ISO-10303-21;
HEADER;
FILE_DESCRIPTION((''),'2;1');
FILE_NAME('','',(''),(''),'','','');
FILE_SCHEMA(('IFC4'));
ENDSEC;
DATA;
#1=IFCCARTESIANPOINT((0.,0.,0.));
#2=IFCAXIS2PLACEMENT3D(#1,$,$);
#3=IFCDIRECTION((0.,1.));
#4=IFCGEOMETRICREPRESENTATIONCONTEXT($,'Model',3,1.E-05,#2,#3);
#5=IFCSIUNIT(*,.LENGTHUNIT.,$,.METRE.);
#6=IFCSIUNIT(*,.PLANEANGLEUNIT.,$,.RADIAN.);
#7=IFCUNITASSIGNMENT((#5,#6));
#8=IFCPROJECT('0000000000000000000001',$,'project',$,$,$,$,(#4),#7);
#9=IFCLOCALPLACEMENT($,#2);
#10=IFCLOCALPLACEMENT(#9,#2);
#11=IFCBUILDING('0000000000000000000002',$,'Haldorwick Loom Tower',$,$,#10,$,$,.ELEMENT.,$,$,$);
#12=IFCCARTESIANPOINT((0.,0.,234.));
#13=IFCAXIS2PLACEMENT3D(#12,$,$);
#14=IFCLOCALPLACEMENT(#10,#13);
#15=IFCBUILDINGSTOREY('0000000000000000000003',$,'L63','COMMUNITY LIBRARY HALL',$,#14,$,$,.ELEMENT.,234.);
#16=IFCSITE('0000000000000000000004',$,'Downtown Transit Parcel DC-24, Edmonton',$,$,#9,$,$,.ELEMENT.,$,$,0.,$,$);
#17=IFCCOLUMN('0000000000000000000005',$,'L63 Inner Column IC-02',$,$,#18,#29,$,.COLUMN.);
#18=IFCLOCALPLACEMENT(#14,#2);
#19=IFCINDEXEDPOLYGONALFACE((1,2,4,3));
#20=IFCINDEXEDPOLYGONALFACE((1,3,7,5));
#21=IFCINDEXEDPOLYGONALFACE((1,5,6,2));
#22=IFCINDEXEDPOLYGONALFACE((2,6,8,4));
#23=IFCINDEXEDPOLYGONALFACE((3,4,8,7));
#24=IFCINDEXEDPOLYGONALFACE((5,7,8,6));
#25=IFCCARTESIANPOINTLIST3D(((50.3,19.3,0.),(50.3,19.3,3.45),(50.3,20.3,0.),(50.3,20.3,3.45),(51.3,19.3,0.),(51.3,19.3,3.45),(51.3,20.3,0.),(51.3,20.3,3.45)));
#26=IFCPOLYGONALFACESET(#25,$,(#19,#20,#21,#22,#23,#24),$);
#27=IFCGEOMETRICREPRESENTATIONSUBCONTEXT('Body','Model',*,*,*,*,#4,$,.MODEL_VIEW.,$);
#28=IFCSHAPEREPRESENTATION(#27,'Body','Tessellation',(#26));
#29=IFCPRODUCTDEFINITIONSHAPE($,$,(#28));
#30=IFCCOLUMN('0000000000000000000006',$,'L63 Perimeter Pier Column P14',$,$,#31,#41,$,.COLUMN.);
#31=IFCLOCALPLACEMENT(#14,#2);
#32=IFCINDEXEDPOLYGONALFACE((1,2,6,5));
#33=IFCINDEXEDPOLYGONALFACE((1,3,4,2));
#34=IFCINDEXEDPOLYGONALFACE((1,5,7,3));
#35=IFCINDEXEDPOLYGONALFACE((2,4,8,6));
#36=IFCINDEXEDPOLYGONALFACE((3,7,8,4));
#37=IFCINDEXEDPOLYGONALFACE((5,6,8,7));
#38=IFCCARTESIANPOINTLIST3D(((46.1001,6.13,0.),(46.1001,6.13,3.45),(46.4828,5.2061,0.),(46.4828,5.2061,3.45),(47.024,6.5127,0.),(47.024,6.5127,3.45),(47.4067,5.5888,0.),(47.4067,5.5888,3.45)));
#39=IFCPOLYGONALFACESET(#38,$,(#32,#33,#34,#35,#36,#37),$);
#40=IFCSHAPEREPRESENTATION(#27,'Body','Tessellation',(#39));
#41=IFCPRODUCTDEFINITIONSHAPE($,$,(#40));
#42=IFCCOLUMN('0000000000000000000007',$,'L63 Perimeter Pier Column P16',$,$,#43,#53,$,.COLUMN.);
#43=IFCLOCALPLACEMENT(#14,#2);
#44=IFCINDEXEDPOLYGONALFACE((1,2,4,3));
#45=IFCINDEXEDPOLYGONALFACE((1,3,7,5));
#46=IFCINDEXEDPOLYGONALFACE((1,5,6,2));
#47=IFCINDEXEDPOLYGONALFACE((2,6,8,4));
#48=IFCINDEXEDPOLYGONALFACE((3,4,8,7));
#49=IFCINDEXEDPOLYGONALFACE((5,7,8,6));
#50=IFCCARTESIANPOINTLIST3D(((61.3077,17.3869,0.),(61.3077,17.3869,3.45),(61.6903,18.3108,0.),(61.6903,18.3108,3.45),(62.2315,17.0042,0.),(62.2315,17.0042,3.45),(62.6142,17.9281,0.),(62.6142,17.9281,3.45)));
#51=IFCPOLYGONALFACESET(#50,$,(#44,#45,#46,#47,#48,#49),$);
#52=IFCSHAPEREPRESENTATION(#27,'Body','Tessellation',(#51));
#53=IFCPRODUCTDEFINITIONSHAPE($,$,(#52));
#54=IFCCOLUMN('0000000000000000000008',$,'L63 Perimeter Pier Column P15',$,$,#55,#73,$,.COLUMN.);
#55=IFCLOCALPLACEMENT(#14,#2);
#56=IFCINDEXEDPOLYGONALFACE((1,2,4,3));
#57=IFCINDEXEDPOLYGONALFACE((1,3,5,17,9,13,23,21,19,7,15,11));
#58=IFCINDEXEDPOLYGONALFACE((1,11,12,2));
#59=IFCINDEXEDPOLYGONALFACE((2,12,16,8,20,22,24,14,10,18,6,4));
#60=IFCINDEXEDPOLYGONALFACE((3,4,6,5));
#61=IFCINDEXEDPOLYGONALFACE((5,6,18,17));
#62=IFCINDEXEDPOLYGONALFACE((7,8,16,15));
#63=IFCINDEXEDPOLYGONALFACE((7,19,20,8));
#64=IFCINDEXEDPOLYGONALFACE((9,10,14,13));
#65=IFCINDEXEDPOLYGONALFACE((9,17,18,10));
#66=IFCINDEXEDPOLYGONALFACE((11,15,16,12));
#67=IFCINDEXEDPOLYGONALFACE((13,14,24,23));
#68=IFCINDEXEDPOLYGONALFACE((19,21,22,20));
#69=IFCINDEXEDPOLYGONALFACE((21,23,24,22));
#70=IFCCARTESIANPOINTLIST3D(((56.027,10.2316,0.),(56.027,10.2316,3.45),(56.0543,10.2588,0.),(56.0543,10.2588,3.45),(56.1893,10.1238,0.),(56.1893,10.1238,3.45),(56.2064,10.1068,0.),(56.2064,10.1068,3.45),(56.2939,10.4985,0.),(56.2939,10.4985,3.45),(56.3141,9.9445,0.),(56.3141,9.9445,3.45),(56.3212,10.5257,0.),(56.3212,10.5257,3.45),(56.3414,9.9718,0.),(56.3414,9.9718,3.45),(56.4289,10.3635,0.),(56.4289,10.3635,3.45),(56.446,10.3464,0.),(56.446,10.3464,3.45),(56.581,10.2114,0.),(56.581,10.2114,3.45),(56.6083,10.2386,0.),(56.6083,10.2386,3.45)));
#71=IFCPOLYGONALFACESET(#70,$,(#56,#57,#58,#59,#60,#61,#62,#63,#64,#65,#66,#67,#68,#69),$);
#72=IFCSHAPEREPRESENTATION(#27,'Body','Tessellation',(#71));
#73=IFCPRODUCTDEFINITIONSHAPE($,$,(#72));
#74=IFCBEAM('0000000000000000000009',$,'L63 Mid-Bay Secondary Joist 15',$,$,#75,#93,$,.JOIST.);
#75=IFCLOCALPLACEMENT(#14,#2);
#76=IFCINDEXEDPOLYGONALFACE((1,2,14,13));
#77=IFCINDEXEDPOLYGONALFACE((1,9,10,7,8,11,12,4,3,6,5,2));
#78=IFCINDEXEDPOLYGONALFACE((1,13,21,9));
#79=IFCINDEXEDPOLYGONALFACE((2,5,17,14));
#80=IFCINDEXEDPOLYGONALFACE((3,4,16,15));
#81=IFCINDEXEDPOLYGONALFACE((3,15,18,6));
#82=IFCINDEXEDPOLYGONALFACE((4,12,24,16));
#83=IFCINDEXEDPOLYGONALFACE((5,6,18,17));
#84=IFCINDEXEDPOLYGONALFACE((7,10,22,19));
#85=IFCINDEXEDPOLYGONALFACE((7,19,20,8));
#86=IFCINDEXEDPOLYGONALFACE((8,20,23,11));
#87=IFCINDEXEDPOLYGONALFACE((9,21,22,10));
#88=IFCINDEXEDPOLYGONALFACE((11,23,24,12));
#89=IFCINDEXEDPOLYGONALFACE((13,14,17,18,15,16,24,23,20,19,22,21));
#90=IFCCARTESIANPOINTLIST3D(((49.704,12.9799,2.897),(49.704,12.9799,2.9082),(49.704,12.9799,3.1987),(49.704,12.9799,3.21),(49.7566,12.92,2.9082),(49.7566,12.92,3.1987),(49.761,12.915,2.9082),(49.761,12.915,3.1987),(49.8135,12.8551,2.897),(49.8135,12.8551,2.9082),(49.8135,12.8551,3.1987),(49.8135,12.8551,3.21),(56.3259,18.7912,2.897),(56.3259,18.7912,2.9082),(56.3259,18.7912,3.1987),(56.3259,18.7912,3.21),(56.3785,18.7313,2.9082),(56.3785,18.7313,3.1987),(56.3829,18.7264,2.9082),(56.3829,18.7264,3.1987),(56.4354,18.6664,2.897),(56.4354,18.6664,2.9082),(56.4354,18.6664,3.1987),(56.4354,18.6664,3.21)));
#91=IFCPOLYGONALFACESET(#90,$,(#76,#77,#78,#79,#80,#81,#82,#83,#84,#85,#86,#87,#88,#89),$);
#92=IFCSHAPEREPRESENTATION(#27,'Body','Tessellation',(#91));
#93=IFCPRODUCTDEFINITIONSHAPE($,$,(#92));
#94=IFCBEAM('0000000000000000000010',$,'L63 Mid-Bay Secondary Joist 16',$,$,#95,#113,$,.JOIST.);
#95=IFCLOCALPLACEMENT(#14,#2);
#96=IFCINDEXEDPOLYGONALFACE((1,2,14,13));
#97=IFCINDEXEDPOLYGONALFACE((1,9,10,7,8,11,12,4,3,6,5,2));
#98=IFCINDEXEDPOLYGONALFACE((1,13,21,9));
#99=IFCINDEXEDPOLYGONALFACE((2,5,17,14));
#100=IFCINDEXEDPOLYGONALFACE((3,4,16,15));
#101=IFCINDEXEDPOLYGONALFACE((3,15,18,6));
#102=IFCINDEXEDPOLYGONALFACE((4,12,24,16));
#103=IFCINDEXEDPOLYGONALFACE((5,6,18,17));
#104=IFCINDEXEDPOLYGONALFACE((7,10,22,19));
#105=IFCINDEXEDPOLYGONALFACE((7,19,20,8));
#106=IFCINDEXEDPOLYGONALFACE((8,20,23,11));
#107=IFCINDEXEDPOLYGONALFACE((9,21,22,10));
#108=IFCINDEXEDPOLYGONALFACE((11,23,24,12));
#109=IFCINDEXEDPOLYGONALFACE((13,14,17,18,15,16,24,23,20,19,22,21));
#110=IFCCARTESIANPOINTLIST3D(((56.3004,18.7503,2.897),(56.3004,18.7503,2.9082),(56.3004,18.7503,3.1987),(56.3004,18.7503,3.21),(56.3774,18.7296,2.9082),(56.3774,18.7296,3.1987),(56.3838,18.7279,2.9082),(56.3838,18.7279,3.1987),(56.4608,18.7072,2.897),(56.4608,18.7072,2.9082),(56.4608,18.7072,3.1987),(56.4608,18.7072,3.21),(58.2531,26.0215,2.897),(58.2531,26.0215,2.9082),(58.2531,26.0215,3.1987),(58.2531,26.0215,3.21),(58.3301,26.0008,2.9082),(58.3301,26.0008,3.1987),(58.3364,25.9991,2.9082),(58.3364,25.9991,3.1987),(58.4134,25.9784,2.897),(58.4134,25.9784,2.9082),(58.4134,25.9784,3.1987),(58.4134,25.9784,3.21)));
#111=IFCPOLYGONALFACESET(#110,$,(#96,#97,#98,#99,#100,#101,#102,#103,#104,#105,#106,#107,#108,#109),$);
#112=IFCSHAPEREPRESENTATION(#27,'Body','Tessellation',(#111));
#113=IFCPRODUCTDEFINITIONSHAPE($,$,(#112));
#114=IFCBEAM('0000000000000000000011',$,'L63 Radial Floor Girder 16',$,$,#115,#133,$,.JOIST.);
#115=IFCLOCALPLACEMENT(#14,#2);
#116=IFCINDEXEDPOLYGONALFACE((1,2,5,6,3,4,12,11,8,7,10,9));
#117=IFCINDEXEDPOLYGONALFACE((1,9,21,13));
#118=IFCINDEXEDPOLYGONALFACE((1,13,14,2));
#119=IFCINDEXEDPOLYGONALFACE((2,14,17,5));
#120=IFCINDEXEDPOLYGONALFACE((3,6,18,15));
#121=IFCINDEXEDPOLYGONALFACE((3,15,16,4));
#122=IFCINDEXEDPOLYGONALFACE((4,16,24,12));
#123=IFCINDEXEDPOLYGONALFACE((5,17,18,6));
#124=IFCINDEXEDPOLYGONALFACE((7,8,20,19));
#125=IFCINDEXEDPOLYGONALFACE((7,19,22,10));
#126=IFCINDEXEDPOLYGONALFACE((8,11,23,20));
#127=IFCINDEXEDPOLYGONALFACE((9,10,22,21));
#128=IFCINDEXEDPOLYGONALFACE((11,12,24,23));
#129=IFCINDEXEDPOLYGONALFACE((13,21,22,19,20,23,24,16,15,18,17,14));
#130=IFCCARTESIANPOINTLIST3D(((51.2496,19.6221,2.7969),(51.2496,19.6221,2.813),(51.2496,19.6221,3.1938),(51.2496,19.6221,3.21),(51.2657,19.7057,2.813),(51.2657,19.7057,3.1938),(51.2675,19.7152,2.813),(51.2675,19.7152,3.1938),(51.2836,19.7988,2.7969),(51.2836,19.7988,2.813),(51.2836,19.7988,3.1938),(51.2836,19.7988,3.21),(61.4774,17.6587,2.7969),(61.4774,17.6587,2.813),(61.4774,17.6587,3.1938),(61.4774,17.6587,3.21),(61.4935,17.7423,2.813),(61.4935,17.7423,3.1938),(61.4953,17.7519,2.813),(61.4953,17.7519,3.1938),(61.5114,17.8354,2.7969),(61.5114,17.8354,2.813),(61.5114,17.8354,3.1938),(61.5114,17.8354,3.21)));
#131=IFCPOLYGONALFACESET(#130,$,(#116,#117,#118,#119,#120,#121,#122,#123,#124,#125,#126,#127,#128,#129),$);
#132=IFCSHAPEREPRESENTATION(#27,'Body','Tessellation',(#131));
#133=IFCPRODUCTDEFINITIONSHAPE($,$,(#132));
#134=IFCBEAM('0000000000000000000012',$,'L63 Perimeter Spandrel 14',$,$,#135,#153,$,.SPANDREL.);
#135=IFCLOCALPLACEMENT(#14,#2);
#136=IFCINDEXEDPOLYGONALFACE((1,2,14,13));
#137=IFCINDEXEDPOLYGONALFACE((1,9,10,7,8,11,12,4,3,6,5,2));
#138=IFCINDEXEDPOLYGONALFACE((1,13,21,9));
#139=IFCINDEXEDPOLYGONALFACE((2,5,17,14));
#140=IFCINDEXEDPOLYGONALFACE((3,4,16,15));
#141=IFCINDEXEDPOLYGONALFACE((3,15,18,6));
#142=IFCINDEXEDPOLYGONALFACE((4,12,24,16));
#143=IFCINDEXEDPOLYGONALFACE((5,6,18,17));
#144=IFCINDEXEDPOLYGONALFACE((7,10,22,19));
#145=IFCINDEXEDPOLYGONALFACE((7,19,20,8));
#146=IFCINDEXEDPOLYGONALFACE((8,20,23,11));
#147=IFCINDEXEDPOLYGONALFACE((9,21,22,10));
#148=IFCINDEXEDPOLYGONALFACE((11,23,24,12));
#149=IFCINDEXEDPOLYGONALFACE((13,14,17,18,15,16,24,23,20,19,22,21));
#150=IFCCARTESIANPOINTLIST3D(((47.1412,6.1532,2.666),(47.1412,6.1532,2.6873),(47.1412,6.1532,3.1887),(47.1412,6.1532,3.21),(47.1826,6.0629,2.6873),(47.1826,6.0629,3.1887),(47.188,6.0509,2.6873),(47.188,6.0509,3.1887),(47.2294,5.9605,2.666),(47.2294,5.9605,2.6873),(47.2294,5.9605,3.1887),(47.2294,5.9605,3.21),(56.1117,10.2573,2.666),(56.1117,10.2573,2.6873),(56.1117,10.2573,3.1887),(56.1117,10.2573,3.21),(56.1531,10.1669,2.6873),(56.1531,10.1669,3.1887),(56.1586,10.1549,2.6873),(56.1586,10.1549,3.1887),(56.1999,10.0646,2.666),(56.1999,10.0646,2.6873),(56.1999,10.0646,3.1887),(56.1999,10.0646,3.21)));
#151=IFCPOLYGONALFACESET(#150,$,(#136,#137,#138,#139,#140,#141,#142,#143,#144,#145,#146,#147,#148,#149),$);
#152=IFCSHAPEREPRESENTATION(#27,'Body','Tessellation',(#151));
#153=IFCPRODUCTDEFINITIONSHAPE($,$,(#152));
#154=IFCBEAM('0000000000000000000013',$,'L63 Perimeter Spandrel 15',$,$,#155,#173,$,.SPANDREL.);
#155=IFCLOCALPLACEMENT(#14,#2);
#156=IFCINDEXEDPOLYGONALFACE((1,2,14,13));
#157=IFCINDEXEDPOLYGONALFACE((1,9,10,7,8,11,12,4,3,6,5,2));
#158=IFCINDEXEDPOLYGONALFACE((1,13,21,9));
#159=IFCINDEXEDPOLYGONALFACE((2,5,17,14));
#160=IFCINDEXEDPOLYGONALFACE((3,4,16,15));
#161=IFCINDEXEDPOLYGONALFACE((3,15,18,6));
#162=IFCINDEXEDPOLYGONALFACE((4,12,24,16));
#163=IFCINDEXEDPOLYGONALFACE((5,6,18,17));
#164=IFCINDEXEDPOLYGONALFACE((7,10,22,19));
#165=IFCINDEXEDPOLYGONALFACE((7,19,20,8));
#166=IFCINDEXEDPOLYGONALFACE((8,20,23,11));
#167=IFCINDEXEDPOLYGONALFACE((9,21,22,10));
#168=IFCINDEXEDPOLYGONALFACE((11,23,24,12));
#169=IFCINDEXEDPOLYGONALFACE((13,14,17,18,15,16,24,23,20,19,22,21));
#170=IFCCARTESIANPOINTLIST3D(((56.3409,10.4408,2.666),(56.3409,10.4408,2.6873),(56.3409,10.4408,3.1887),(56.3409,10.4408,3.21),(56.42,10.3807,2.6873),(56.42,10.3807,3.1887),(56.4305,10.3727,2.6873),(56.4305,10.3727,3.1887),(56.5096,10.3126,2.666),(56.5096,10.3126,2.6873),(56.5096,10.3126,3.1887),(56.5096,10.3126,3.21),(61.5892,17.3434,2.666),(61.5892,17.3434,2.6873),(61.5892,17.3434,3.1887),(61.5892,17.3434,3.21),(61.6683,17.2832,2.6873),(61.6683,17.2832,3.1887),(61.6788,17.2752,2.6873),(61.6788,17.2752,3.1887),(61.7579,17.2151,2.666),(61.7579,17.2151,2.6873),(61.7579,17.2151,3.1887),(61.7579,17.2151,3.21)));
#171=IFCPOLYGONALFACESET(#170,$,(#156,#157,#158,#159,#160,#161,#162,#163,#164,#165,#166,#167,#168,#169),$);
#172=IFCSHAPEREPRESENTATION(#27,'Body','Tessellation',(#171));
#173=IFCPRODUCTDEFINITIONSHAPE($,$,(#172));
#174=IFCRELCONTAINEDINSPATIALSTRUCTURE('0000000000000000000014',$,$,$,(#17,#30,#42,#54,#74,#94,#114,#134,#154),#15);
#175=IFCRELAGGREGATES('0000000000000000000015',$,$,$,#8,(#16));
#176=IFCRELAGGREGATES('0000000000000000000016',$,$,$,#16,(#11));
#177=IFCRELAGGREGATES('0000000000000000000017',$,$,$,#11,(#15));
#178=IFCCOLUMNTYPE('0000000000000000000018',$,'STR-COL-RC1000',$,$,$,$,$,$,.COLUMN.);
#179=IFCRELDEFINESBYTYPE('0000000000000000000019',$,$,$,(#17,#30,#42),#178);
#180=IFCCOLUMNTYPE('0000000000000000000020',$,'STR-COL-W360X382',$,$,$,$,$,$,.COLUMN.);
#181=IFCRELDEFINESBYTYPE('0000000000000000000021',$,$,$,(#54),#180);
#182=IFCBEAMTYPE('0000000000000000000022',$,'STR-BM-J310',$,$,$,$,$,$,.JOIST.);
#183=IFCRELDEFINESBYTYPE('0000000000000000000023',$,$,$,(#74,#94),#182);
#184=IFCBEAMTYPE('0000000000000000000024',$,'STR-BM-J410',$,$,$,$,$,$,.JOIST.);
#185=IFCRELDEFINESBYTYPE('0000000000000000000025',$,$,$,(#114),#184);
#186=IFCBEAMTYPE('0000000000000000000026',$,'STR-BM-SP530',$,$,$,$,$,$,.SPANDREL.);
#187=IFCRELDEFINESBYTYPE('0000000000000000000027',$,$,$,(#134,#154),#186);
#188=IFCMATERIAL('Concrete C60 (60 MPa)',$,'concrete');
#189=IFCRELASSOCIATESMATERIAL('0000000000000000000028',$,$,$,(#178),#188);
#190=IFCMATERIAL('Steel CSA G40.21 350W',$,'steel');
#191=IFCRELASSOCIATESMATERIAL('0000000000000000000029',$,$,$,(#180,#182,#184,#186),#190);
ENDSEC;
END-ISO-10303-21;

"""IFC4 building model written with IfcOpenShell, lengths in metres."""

from ifc_helpers import new_model, si_unit, direction, frame, origin, origin_2d, place, context, subcontext, project, spatial, rectangle, i_section, extrude, material, material_profile, profile_set, type_object, element, save


model = new_model("IFC4")

# Units and contexts
model_context = context("Model", 3, precision=1e-05, world=origin(), true_north=direction((0.0, 1.0)))
body_context = subcontext(model_context, "Body", "Model", "MODEL_VIEW")
ifc_project = project(units=[si_unit("LENGTHUNIT", "METRE"), si_unit("PLANEANGLEUNIT", "RADIAN")], contexts=[model_context])

# Site, building, storey
site_placement = place(None, origin())
site = spatial("IfcSite", under=ifc_project, at=site_placement, Name="Downtown Transit Parcel DC-24, Edmonton", CompositionType="ELEMENT", RefElevation=0.0)
building_placement = place(site_placement, origin())
building = spatial("IfcBuilding", under=site, at=building_placement, Name="Haldorwick Loom Tower", CompositionType="ELEMENT")
storey_placement = place(building_placement, frame((0.0, 0.0, 234.0)))
storey = spatial("IfcBuildingStorey", under=building, at=storey_placement, Name="L63", Description="COMMUNITY LIBRARY HALL", CompositionType="ELEMENT", Elevation=234.0)

# Columns
ifc_material_1 = material(Name="Concrete C60 (60 MPa)", Category="concrete")
ifc_material_profile_1 = material_profile(ifc_material_1, rectangle(XDim=1.0, YDim=1.0, at=origin_2d()), Name="RC1000X1000", Category="concrete")
ifc_profile_set_1 = profile_set([ifc_material_profile_1], Name="Concrete C60 (60 MPa)")
column_type_1 = type_object("IfcColumnType", Name="STR-COL-RC1000", PredefinedType="COLUMN", material=ifc_profile_set_1)
for number, where, z_axis, x_axis, name in (
    (1, (50.8, 19.8, 0.0), (0.0, 0.0, 1.0), (1.0, 0.0, 0.0), "L63 Inner Column IC-02"),
    (2, (46.7534, 5.8594, 0.0), (0.0, 0.0, 1.0), (0.382683, -0.92388, 0.0), "L63 Perimeter Pier Column P14"),
    (3, (61.9609, 17.6575, 0.0), (0.0, 0.0, 1.0), (0.92388, -0.382683, 0.0), "L63 Perimeter Pier Column P16"),
):
    element("IfcColumn", number, at=place(storey_placement, frame(where, z_axis=z_axis, x_axis=x_axis)), inside=storey, type_object=column_type_1, Name=name, PredefinedType="COLUMN", context=body_context, shape_type="SweptSolid", body=[
        extrude(rectangle(XDim=1.0, YDim=1.0, at=origin_2d()), origin(), (0.0, 0.0, 1.0), 3.45),
    ])
ifc_material_2 = material(Name="Steel CSA G40.21 350W", Category="steel")
ifc_material_profile_2 = material_profile(ifc_material_2, i_section(OverallWidth=0.406, OverallDepth=0.416, WebThickness=0.0242, FlangeThickness=0.0386, at=origin_2d()), Name="W360X382", Category="steel")
ifc_profile_set_2 = profile_set([ifc_material_profile_2], Name="Steel CSA G40.21 350W")
column_type_2 = type_object("IfcColumnType", Name="STR-COL-W360X382", PredefinedType="COLUMN", material=ifc_profile_set_2)
column_placement = place(storey_placement, frame((56.3176, 10.2351, 0.0), z_axis=(0.0, 0.0, 1.0), x_axis=(0.707107, -0.707107, 0.0)))
element("IfcColumn", 4, at=column_placement, inside=storey, type_object=column_type_2, Name="L63 Perimeter Pier Column P15", PredefinedType="COLUMN", context=body_context, shape_type="SweptSolid", body=[
    extrude(i_section(OverallWidth=0.406, OverallDepth=0.416, WebThickness=0.0242, FlangeThickness=0.0386, at=origin_2d()), origin(), (0.0, 0.0, 1.0), 3.45),
])

# Beams
ifc_material_profile_3 = material_profile(ifc_material_2, i_section(OverallWidth=0.166, OverallDepth=0.313, WebThickness=0.0066, FlangeThickness=0.0112, at=origin_2d()), Name="W310X45", Category="steel")
ifc_profile_set_3 = profile_set([ifc_material_profile_3], Name="Steel CSA G40.21 350W")
beam_type_1 = type_object("IfcBeamType", Name="STR-BM-J310", PredefinedType="JOIST", material=ifc_profile_set_3)
beam_1_placement = place(storey_placement, frame((49.7588, 12.9175, 3.0535), z_axis=(0.751609, 0.659608, 0.0), x_axis=(-0.659608, 0.751609, 0.0)))
element("IfcBeam", 5, at=beam_1_placement, inside=storey, type_object=beam_type_1, Name="L63 Mid-Bay Secondary Joist 15", PredefinedType="JOIST", context=body_context, shape_type="SweptSolid", body=[
    extrude(i_section(OverallWidth=0.166, OverallDepth=0.313, WebThickness=0.0066, FlangeThickness=0.0112, at=origin_2d()), origin(), (0.0, 0.0, 1.0), 8.8103),
])
beam_2_placement = place(storey_placement, frame((56.3806, 18.7288, 3.0535), z_axis=(0.259354, 0.965782, 0.0), x_axis=(-0.965782, 0.259354, 0.0)))
element("IfcBeam", 6, at=beam_2_placement, inside=storey, type_object=beam_type_1, Name="L63 Mid-Bay Secondary Joist 16", PredefinedType="JOIST", context=body_context, shape_type="SweptSolid", body=[
    extrude(i_section(OverallWidth=0.166, OverallDepth=0.313, WebThickness=0.0066, FlangeThickness=0.0112, at=origin_2d()), origin(), (0.0, 0.0, 1.0), 7.5288),
])
ifc_material_profile_4 = material_profile(ifc_material_2, i_section(OverallWidth=0.1799, OverallDepth=0.4131, WebThickness=0.0098, FlangeThickness=0.0161, at=origin_2d()), Name="W410X74", Category="steel")
ifc_profile_set_4 = profile_set([ifc_material_profile_4], Name="Steel CSA G40.21 350W")
beam_type_2 = type_object("IfcBeamType", Name="STR-BM-J410", PredefinedType="JOIST", material=ifc_profile_set_4)
beam_3_placement = place(storey_placement, frame((51.2666, 19.7104, 3.0034), z_axis=(0.982069, -0.188523, 0.0), x_axis=(0.188523, 0.982069, 0.0)))
element("IfcBeam", 7, at=beam_3_placement, inside=storey, type_object=beam_type_2, Name="L63 Radial Floor Girder 16", PredefinedType="JOIST", context=body_context, shape_type="SweptSolid", body=[
    extrude(i_section(OverallWidth=0.1799, OverallDepth=0.4131, WebThickness=0.0098, FlangeThickness=0.0161, at=origin_2d()), origin(), (0.0, 0.0, 1.0), 10.4146),
])
ifc_material_profile_5 = material_profile(ifc_material_2, i_section(OverallWidth=0.2119, OverallDepth=0.5439, WebThickness=0.0132, FlangeThickness=0.0212, at=origin_2d()), Name="W530X123", Category="steel")
ifc_profile_set_5 = profile_set([ifc_material_profile_5], Name="Steel CSA G40.21 350W")
beam_type_3 = type_object("IfcBeamType", Name="STR-BM-SP530", PredefinedType="SPANDREL", material=ifc_profile_set_5)
beam_4_placement = place(storey_placement, frame((47.1853, 6.0569, 2.938), z_axis=(0.909351, 0.41603, 0.0), x_axis=(-0.41603, 0.909351, 0.0)))
element("IfcBeam", 8, at=beam_4_placement, inside=storey, type_object=beam_type_3, Name="L63 Perimeter Spandrel 14", PredefinedType="SPANDREL", context=body_context, shape_type="SweptSolid", body=[
    extrude(i_section(OverallWidth=0.2119, OverallDepth=0.5439, WebThickness=0.0132, FlangeThickness=0.0212, at=origin_2d()), origin(), (0.0, 0.0, 1.0), 9.8647),
])
beam_5_placement = place(storey_placement, frame((56.4253, 10.3767, 2.938), z_axis=(0.605253, 0.796033, 0.0), x_axis=(-0.796033, 0.605253, 0.0)))
element("IfcBeam", 9, at=beam_5_placement, inside=storey, type_object=beam_type_3, Name="L63 Perimeter Spandrel 15", PredefinedType="SPANDREL", context=body_context, shape_type="SweptSolid", body=[
    extrude(i_section(OverallWidth=0.2119, OverallDepth=0.5439, WebThickness=0.0132, FlangeThickness=0.0212, at=origin_2d()), origin(), (0.0, 0.0, 1.0), 8.6711),
])

save(model, "model.ifc")
